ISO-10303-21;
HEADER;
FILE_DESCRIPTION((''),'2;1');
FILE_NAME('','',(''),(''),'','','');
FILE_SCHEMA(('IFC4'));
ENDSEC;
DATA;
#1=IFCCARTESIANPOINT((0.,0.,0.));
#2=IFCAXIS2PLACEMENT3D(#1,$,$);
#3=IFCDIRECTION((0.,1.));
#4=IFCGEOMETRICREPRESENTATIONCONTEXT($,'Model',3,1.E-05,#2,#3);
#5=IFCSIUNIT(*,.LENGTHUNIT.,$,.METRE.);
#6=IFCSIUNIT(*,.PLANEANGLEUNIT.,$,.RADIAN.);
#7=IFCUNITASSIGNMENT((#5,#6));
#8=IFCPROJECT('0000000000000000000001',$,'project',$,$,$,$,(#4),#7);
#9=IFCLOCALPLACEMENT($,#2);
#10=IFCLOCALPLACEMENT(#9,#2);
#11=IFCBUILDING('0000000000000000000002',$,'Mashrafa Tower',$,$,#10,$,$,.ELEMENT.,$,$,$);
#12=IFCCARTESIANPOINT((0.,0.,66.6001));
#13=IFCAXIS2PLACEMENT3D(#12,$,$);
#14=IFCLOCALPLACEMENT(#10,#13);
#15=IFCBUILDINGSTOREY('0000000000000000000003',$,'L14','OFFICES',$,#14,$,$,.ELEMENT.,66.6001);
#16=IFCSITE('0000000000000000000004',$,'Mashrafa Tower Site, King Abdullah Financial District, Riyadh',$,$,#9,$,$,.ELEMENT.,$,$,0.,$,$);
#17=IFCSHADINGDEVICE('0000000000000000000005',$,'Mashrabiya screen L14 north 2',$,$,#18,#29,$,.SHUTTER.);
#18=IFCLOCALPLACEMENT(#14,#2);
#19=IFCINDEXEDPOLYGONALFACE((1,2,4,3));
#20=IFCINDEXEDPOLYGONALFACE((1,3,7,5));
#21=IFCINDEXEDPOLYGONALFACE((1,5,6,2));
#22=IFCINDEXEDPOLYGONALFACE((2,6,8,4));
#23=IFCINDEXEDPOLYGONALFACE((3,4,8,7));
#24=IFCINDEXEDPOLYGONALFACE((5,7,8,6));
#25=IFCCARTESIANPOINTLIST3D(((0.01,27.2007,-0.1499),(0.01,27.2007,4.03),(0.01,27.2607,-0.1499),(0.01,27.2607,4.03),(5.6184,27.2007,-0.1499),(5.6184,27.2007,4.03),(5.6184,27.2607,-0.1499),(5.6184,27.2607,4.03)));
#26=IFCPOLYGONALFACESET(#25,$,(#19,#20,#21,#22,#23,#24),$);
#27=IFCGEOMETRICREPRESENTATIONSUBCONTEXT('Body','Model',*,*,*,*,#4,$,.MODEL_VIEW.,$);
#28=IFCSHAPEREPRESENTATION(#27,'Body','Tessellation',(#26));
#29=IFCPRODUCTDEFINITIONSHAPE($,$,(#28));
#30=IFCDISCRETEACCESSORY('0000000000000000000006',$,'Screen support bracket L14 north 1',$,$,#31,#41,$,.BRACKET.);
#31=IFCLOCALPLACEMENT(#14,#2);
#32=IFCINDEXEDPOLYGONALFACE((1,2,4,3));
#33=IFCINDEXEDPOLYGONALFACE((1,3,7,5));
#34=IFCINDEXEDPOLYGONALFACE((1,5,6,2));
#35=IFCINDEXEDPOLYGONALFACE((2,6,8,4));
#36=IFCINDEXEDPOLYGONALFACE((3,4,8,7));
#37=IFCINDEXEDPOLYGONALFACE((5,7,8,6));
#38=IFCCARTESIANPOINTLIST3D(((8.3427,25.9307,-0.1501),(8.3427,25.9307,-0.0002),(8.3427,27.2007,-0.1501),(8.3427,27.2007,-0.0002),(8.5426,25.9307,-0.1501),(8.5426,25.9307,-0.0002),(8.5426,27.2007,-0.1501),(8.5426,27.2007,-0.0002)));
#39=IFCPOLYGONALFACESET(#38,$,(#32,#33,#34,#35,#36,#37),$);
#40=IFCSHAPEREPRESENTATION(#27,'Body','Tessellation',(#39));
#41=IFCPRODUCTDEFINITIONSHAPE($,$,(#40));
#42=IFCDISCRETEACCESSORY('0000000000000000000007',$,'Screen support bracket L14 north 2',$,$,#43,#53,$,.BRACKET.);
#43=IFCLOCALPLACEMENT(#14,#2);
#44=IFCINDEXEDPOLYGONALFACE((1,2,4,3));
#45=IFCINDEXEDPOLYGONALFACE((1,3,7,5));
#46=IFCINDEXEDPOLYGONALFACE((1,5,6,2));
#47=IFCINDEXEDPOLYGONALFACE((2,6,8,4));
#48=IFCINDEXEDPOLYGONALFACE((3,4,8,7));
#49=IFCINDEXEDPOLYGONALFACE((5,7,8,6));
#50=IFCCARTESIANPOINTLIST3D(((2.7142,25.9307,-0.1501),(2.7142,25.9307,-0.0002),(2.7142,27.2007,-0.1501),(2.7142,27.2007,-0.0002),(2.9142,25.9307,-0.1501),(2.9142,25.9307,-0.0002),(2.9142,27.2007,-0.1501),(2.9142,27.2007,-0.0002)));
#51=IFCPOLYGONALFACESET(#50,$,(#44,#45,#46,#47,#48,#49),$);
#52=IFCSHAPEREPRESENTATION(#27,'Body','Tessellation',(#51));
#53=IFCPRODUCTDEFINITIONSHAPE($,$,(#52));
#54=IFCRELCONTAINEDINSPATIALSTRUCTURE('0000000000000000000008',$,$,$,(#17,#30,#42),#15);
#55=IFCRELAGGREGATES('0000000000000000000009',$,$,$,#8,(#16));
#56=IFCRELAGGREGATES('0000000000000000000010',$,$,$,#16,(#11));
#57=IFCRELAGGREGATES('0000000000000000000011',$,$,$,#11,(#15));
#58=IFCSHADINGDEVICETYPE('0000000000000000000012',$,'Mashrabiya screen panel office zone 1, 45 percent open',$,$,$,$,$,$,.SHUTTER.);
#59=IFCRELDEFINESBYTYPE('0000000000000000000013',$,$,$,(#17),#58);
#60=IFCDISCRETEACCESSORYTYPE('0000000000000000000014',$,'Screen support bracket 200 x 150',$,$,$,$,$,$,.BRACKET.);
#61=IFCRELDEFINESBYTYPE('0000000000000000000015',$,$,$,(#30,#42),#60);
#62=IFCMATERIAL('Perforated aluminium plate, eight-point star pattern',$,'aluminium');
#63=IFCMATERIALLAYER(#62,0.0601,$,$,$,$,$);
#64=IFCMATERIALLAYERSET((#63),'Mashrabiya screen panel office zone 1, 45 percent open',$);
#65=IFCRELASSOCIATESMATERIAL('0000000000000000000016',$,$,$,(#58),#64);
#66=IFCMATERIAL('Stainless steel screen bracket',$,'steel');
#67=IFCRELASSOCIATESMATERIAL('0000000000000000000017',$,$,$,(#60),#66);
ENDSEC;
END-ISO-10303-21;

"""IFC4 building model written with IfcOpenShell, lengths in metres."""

from ifc_helpers import new_model, si_unit, direction, frame, origin, origin_2d, place, context, subcontext, project, spatial, rectangle, extrude, source, transform, mapped, material, layer, layer_set, type_object, type_shapes, element, save


model = new_model("IFC4")

# Units and contexts
model_context = context("Model", 3, precision=1e-05, world=origin(), true_north=direction((0.0, 1.0)))
body_context = subcontext(model_context, "Body", "Model", "MODEL_VIEW")
ifc_project = project(units=[si_unit("LENGTHUNIT", "METRE"), si_unit("PLANEANGLEUNIT", "RADIAN")], contexts=[model_context])

# Site, building, storey
site_placement = place(None, origin())
site = spatial("IfcSite", under=ifc_project, at=site_placement, Name="Mashrafa Tower Site, King Abdullah Financial District, Riyadh", CompositionType="ELEMENT", RefElevation=0.0)
building_placement = place(site_placement, origin())
building = spatial("IfcBuilding", under=site, at=building_placement, Name="Mashrafa Tower", CompositionType="ELEMENT")
storey_placement = place(building_placement, frame((0.0, 0.0, 66.6001)))
storey = spatial("IfcBuildingStorey", under=building, at=storey_placement, Name="L14", Description="OFFICES", CompositionType="ELEMENT", Elevation=66.6001)

# Shading device
ifc_material_1 = material(Name="Perforated aluminium plate, eight-point star pattern", Category="aluminium")
ifc_layer_1 = layer(ifc_material_1, 0.0601)
ifc_layer_set_1 = layer_set([ifc_layer_1], Name="Mashrabiya screen panel office zone 1, 45 percent open")
shading_device_type = type_object("IfcShadingDeviceType", Name="Mashrabiya screen panel office zone 1, 45 percent open", PredefinedType="SHUTTER", material=ifc_layer_set_1)
shared_shape_1 = source(origin(), body_context, "Body", "SweptSolid", [
    extrude(rectangle(XDim=5.6084, YDim=0.0601, at=origin_2d()), origin(), (0.0, 0.0, 1.0), 4.1799),
])
type_shapes(shading_device_type, [shared_shape_1])
for number, where, z_axis, x_axis, name in (
    (1, (2.8142, 27.2307, -0.1499), (0.0, 0.0, 1.0), (-1.0, 0.0, 0.0), "Mashrabiya screen L14 north 2"),
):
    element("IfcShadingDevice", number, at=place(storey_placement, frame(where, z_axis=z_axis, x_axis=x_axis)), inside=storey, type_object=shading_device_type, Name=name, PredefinedType="SHUTTER", context=body_context, shape_type="MappedRepresentation", body=[
        mapped(shared_shape_1, transform((0.0, 0.0, 0.0))),
    ])

# Discrete accessories
ifc_material_2 = material(Name="Stainless steel screen bracket", Category="steel")
discrete_accessory_type = type_object("IfcDiscreteAccessoryType", Name="Screen support bracket 200 x 150", PredefinedType="BRACKET", material=ifc_material_2)
shared_shape_2 = source(origin(), body_context, "Body", "SweptSolid", [
    extrude(rectangle(XDim=0.2, YDim=1.27, at=origin_2d()), origin(), (0.0, 0.0, 1.0), 0.1499),
])
type_shapes(discrete_accessory_type, [shared_shape_2])
for number, where, z_axis, x_axis, name in (
    (2, (8.4426, 26.5657, -0.1501), (0.0, 0.0, 1.0), (-1.0, 0.0, 0.0), "Screen support bracket L14 north 1"),
    (3, (2.8142, 26.5657, -0.1501), (0.0, 0.0, 1.0), (-1.0, 0.0, 0.0), "Screen support bracket L14 north 2"),
):
    element("IfcDiscreteAccessory", number, at=place(storey_placement, frame(where, z_axis=z_axis, x_axis=x_axis)), inside=storey, type_object=discrete_accessory_type, Name=name, PredefinedType="BRACKET", context=body_context, shape_type="MappedRepresentation", body=[
        mapped(shared_shape_2, transform((0.0, 0.0, 0.0))),
    ])

save(model, "model.ifc")
